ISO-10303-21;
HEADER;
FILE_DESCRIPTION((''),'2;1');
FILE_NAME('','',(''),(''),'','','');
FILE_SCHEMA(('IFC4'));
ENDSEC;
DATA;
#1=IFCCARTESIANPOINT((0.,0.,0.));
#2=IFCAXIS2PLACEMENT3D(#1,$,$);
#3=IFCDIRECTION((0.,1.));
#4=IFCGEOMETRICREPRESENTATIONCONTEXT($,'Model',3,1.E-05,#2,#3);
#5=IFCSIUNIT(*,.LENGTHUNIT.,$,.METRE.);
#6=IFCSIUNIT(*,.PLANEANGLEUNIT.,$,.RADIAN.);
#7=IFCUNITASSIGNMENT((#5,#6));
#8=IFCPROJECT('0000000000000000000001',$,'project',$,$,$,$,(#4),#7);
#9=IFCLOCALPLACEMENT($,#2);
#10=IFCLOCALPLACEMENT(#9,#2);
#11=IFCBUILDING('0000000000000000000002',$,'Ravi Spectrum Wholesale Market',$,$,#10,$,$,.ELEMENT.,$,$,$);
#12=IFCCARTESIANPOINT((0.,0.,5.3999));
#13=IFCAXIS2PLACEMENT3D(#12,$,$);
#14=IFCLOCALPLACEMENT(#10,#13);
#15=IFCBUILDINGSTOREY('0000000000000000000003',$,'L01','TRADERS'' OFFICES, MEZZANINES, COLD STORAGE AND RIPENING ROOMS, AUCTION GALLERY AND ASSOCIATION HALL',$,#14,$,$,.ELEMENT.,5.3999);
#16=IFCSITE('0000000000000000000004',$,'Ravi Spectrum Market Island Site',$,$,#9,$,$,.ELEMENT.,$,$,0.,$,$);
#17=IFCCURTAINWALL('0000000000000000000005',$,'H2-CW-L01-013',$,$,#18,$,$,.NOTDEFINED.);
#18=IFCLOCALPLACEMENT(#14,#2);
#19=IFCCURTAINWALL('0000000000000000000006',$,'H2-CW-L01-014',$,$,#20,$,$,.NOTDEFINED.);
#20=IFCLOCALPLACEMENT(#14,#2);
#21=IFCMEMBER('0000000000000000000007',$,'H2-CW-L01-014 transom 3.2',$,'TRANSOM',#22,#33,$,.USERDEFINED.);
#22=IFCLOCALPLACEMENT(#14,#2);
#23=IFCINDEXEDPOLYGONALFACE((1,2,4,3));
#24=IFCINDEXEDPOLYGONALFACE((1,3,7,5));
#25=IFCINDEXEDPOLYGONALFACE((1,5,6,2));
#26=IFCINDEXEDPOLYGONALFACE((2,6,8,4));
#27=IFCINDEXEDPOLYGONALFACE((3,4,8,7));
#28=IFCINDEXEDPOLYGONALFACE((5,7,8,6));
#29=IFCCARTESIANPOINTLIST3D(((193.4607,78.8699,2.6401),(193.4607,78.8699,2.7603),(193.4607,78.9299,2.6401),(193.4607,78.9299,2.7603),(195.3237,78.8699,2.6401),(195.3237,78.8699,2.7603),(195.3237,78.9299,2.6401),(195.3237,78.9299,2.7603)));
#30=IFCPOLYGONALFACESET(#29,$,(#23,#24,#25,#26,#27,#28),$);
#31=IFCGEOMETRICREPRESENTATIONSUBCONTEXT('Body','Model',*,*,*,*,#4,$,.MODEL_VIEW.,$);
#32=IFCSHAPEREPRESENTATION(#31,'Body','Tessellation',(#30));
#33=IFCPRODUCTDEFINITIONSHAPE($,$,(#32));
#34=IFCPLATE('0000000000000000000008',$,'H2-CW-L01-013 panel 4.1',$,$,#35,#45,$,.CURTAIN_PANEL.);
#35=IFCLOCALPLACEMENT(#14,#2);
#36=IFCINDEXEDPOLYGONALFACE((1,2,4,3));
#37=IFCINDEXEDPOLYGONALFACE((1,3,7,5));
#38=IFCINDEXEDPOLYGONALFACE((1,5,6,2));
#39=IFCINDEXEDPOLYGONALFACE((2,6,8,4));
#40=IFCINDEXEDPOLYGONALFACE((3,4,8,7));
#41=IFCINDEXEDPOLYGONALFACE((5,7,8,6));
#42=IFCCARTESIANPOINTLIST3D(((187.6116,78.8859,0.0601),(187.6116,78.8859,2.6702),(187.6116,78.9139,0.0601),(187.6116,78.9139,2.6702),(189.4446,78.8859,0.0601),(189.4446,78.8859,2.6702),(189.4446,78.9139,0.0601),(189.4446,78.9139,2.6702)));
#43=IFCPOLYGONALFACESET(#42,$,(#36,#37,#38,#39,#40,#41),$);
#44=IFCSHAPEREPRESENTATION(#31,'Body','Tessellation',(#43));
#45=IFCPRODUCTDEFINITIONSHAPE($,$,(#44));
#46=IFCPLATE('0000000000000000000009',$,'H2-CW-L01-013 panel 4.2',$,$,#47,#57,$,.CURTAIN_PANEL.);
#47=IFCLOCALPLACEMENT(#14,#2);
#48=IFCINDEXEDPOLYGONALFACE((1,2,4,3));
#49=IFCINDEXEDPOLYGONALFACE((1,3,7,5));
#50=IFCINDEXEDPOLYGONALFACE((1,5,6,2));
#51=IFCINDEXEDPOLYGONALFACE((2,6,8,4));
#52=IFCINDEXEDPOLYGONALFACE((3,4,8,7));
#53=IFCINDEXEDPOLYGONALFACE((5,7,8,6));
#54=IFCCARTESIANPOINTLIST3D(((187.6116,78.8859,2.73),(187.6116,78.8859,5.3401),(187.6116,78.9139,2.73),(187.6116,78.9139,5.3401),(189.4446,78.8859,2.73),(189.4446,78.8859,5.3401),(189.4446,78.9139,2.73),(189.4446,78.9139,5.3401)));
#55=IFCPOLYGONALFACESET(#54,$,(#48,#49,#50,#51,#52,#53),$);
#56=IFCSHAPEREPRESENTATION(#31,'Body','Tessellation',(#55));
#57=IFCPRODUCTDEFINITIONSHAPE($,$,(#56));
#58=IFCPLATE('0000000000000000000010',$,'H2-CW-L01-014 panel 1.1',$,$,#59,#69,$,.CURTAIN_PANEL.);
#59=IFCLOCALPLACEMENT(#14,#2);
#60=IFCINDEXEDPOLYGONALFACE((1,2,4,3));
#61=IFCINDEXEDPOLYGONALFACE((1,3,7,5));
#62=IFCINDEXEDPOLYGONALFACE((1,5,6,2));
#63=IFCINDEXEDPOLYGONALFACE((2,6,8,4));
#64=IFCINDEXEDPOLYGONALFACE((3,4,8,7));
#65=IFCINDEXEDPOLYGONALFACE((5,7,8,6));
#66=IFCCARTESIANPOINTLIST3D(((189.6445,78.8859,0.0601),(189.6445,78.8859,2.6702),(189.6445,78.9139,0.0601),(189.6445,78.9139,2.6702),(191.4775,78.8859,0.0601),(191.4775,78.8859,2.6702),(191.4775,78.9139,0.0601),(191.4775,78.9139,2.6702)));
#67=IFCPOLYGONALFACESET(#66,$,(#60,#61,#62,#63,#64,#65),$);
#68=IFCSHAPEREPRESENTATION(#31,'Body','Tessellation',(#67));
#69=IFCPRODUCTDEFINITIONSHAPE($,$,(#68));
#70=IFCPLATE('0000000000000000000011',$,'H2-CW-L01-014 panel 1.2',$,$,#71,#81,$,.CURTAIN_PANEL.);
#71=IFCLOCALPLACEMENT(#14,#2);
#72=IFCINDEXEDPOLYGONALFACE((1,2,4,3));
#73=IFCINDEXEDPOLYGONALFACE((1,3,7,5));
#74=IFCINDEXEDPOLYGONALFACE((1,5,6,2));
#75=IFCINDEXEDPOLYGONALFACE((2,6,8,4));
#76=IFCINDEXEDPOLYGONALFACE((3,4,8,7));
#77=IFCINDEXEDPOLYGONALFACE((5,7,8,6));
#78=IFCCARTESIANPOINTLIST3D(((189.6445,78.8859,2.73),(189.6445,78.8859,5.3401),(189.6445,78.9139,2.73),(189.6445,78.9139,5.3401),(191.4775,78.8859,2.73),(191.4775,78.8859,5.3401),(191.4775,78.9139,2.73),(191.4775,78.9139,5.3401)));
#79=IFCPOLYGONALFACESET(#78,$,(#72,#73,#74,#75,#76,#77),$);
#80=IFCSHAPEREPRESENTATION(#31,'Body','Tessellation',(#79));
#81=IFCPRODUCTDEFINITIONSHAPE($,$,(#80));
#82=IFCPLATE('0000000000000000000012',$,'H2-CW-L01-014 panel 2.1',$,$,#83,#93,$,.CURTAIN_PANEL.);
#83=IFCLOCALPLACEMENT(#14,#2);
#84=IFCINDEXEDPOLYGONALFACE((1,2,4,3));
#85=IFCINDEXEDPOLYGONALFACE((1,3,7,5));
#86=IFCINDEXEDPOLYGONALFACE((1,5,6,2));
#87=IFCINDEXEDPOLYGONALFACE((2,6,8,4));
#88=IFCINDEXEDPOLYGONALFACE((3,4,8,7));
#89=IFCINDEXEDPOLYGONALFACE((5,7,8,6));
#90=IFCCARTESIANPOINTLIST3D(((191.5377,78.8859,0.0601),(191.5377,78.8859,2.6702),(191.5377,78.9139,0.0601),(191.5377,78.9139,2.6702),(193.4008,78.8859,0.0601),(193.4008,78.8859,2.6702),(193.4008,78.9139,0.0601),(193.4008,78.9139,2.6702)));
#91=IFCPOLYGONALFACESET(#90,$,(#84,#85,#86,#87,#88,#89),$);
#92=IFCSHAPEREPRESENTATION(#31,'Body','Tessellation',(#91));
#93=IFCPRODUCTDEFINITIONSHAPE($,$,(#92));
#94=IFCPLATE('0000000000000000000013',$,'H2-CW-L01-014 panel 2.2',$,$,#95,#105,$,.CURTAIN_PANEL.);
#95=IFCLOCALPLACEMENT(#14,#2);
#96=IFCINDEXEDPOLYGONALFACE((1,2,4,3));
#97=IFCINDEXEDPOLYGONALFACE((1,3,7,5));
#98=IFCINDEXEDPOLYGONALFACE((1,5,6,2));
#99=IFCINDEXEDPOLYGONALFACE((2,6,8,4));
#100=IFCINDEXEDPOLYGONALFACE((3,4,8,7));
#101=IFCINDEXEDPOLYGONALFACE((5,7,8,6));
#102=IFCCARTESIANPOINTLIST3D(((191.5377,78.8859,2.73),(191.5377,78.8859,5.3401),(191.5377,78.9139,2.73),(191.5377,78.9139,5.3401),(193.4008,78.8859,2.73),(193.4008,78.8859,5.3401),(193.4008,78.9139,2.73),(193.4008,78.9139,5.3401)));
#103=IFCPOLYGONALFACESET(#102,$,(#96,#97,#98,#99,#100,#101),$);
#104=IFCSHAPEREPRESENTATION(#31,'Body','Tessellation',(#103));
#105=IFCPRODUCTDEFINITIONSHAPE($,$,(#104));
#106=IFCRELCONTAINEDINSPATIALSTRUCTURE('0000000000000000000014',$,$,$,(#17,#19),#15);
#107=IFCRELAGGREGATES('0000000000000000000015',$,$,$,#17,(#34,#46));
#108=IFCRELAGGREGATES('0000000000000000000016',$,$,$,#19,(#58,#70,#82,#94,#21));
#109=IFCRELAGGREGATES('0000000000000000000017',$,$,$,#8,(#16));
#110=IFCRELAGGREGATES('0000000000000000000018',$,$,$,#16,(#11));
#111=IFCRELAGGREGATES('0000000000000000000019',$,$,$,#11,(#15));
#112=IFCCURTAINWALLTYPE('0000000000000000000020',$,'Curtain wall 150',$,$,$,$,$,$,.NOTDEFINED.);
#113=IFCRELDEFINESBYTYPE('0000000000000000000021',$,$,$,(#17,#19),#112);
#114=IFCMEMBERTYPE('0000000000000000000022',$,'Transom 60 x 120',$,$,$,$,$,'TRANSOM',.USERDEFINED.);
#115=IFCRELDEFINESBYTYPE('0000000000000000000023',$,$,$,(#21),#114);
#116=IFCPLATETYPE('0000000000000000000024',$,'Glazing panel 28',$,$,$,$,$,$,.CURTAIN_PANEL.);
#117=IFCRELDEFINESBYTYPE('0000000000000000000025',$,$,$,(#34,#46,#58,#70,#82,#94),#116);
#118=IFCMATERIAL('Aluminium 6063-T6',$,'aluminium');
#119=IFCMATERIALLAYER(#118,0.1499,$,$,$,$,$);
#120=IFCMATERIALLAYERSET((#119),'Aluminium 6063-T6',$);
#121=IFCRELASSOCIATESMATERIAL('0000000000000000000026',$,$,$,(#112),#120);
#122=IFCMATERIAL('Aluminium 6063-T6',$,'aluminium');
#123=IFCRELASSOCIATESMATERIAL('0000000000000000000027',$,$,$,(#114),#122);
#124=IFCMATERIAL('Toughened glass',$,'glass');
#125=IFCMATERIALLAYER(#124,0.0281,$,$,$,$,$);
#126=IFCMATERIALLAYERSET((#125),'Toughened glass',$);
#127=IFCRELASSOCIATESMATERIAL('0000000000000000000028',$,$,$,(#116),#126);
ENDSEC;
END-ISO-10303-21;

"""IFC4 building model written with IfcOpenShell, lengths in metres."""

from ifc_helpers import new_model, si_unit, direction, frame, origin, origin_2d, place, context, subcontext, project, spatial, rectangle, extrude, material, layer, layer_set, material_profile, profile_set, type_object, element, aggregate, save


model = new_model("IFC4")

# Units and contexts
model_context = context("Model", 3, precision=1e-05, world=origin(), true_north=direction((0.0, 1.0)))
body_context = subcontext(model_context, "Body", "Model", "MODEL_VIEW")
ifc_project = project(units=[si_unit("LENGTHUNIT", "METRE"), si_unit("PLANEANGLEUNIT", "RADIAN")], contexts=[model_context])

# Site, building, storey
site_placement = place(None, origin())
site = spatial("IfcSite", under=ifc_project, at=site_placement, Name="Ravi Spectrum Market Island Site", CompositionType="ELEMENT", RefElevation=0.0)
building_placement = place(site_placement, origin())
building = spatial("IfcBuilding", under=site, at=building_placement, Name="Ravi Spectrum Wholesale Market", CompositionType="ELEMENT")
storey_placement = place(building_placement, frame((0.0, 0.0, 5.3999)))
storey = spatial("IfcBuildingStorey", under=building, at=storey_placement, Name="L01", Description="TRADERS' OFFICES, MEZZANINES, COLD STORAGE AND RIPENING ROOMS, AUCTION GALLERY AND ASSOCIATION HALL", CompositionType="ELEMENT", Elevation=5.3999)

# Curtain walls
ifc_material_1 = material(Name="Aluminium 6063-T6", Category="aluminium")
ifc_layer_1 = layer(ifc_material_1, 0.1499)
ifc_layer_set_1 = layer_set([ifc_layer_1], Name="Aluminium 6063-T6")
curtain_wall_type = type_object("IfcCurtainWallType", Name="Curtain wall 150", PredefinedType="NOTDEFINED", material=ifc_layer_set_1)
curtain_wall_1_placement = place(storey_placement, origin())
curtain_wall_1 = element("IfcCurtainWall", 1, at=curtain_wall_1_placement, inside=storey, type_object=curtain_wall_type, Name="H2-CW-L01-013", PredefinedType="NOTDEFINED")
curtain_wall_2_placement = place(storey_placement, origin())
curtain_wall_2 = element("IfcCurtainWall", 2, at=curtain_wall_2_placement, inside=storey, type_object=curtain_wall_type, Name="H2-CW-L01-014", PredefinedType="NOTDEFINED")

# Member
ifc_material_2 = material(Name="Aluminium 6063-T6", Category="aluminium")
ifc_material_profile_1 = material_profile(ifc_material_2, rectangle(XDim=0.0601, YDim=0.1201, at=origin_2d()))
ifc_profile_set_1 = profile_set([ifc_material_profile_1], Name="Aluminium 6063-T6")
member_type_1 = type_object("IfcMemberType", Name="Transom 60 x 120", ElementType="TRANSOM", PredefinedType="USERDEFINED", material=ifc_profile_set_1)
member_1_placement = place(storey_placement, frame((193.4607, 78.8999, 2.7002), z_axis=(1.0, 0.0, 0.0), x_axis=(0.0, 1.0, 0.0)))
member_1 = element("IfcMember", 3, at=member_1_placement, type_object=member_type_1, Name="H2-CW-L01-014 transom 3.2", ObjectType="TRANSOM", PredefinedType="USERDEFINED", context=body_context, shape_type="SweptSolid", body=[
    extrude(rectangle(XDim=0.0601, YDim=0.1201, at=origin_2d()), origin(), (0.0, 0.0, 1.0), 1.863),
])

# Plates
ifc_material_3 = material(Name="Toughened glass", Category="glass")
ifc_layer_2 = layer(ifc_material_3, 0.0281)
ifc_layer_set_2 = layer_set([ifc_layer_2], Name="Toughened glass")
plate_type = type_object("IfcPlateType", Name="Glazing panel 28", PredefinedType="CURTAIN_PANEL", material=ifc_layer_set_2)
plate_1_placement = place(storey_placement, frame((188.5281, 78.8999, 0.0601), z_axis=(0.0, 0.0, 1.0), x_axis=(1.0, 0.0, 0.0)))
plate_1 = element("IfcPlate", 4, at=plate_1_placement, type_object=plate_type, Name="H2-CW-L01-013 panel 4.1", PredefinedType="CURTAIN_PANEL", context=body_context, shape_type="SweptSolid", body=[
    extrude(rectangle(XDim=1.833, YDim=0.0281, at=origin_2d()), origin(), (0.0, 0.0, 1.0), 2.6101),
])
plate_2_placement = place(storey_placement, frame((188.5281, 78.8999, 2.73), z_axis=(0.0, 0.0, 1.0), x_axis=(1.0, 0.0, 0.0)))
plate_2 = element("IfcPlate", 5, at=plate_2_placement, type_object=plate_type, Name="H2-CW-L01-013 panel 4.2", PredefinedType="CURTAIN_PANEL", context=body_context, shape_type="SweptSolid", body=[
    extrude(rectangle(XDim=1.833, YDim=0.0281, at=origin_2d()), origin(), (0.0, 0.0, 1.0), 2.6101),
])
aggregate(curtain_wall_1, [plate_1, plate_2])
plate_3_placement = place(storey_placement, frame((190.561, 78.8999, 0.0601), z_axis=(0.0, 0.0, 1.0), x_axis=(1.0, 0.0, 0.0)))
plate_3 = element("IfcPlate", 6, at=plate_3_placement, type_object=plate_type, Name="H2-CW-L01-014 panel 1.1", PredefinedType="CURTAIN_PANEL", context=body_context, shape_type="SweptSolid", body=[
    extrude(rectangle(XDim=1.833, YDim=0.0281, at=origin_2d()), origin(), (0.0, 0.0, 1.0), 2.6101),
])
plate_4_placement = place(storey_placement, frame((190.561, 78.8999, 2.73), z_axis=(0.0, 0.0, 1.0), x_axis=(1.0, 0.0, 0.0)))
plate_4 = element("IfcPlate", 7, at=plate_4_placement, type_object=plate_type, Name="H2-CW-L01-014 panel 1.2", PredefinedType="CURTAIN_PANEL", context=body_context, shape_type="SweptSolid", body=[
    extrude(rectangle(XDim=1.833, YDim=0.0281, at=origin_2d()), origin(), (0.0, 0.0, 1.0), 2.6101),
])
plate_5_placement = place(storey_placement, frame((192.4692, 78.8999, 0.0601), z_axis=(0.0, 0.0, 1.0), x_axis=(1.0, 0.0, 0.0)))
plate_5 = element("IfcPlate", 8, at=plate_5_placement, type_object=plate_type, Name="H2-CW-L01-014 panel 2.1", PredefinedType="CURTAIN_PANEL", context=body_context, shape_type="SweptSolid", body=[
    extrude(rectangle(XDim=1.863, YDim=0.0281, at=origin_2d()), origin(), (0.0, 0.0, 1.0), 2.6101),
])
plate_6_placement = place(storey_placement, frame((192.4692, 78.8999, 2.73), z_axis=(0.0, 0.0, 1.0), x_axis=(1.0, 0.0, 0.0)))
plate_6 = element("IfcPlate", 9, at=plate_6_placement, type_object=plate_type, Name="H2-CW-L01-014 panel 2.2", PredefinedType="CURTAIN_PANEL", context=body_context, shape_type="SweptSolid", body=[
    extrude(rectangle(XDim=1.863, YDim=0.0281, at=origin_2d()), origin(), (0.0, 0.0, 1.0), 2.6101),
])
aggregate(curtain_wall_2, [plate_3, plate_4, plate_5, plate_6, member_1])

save(model, "model.ifc")
